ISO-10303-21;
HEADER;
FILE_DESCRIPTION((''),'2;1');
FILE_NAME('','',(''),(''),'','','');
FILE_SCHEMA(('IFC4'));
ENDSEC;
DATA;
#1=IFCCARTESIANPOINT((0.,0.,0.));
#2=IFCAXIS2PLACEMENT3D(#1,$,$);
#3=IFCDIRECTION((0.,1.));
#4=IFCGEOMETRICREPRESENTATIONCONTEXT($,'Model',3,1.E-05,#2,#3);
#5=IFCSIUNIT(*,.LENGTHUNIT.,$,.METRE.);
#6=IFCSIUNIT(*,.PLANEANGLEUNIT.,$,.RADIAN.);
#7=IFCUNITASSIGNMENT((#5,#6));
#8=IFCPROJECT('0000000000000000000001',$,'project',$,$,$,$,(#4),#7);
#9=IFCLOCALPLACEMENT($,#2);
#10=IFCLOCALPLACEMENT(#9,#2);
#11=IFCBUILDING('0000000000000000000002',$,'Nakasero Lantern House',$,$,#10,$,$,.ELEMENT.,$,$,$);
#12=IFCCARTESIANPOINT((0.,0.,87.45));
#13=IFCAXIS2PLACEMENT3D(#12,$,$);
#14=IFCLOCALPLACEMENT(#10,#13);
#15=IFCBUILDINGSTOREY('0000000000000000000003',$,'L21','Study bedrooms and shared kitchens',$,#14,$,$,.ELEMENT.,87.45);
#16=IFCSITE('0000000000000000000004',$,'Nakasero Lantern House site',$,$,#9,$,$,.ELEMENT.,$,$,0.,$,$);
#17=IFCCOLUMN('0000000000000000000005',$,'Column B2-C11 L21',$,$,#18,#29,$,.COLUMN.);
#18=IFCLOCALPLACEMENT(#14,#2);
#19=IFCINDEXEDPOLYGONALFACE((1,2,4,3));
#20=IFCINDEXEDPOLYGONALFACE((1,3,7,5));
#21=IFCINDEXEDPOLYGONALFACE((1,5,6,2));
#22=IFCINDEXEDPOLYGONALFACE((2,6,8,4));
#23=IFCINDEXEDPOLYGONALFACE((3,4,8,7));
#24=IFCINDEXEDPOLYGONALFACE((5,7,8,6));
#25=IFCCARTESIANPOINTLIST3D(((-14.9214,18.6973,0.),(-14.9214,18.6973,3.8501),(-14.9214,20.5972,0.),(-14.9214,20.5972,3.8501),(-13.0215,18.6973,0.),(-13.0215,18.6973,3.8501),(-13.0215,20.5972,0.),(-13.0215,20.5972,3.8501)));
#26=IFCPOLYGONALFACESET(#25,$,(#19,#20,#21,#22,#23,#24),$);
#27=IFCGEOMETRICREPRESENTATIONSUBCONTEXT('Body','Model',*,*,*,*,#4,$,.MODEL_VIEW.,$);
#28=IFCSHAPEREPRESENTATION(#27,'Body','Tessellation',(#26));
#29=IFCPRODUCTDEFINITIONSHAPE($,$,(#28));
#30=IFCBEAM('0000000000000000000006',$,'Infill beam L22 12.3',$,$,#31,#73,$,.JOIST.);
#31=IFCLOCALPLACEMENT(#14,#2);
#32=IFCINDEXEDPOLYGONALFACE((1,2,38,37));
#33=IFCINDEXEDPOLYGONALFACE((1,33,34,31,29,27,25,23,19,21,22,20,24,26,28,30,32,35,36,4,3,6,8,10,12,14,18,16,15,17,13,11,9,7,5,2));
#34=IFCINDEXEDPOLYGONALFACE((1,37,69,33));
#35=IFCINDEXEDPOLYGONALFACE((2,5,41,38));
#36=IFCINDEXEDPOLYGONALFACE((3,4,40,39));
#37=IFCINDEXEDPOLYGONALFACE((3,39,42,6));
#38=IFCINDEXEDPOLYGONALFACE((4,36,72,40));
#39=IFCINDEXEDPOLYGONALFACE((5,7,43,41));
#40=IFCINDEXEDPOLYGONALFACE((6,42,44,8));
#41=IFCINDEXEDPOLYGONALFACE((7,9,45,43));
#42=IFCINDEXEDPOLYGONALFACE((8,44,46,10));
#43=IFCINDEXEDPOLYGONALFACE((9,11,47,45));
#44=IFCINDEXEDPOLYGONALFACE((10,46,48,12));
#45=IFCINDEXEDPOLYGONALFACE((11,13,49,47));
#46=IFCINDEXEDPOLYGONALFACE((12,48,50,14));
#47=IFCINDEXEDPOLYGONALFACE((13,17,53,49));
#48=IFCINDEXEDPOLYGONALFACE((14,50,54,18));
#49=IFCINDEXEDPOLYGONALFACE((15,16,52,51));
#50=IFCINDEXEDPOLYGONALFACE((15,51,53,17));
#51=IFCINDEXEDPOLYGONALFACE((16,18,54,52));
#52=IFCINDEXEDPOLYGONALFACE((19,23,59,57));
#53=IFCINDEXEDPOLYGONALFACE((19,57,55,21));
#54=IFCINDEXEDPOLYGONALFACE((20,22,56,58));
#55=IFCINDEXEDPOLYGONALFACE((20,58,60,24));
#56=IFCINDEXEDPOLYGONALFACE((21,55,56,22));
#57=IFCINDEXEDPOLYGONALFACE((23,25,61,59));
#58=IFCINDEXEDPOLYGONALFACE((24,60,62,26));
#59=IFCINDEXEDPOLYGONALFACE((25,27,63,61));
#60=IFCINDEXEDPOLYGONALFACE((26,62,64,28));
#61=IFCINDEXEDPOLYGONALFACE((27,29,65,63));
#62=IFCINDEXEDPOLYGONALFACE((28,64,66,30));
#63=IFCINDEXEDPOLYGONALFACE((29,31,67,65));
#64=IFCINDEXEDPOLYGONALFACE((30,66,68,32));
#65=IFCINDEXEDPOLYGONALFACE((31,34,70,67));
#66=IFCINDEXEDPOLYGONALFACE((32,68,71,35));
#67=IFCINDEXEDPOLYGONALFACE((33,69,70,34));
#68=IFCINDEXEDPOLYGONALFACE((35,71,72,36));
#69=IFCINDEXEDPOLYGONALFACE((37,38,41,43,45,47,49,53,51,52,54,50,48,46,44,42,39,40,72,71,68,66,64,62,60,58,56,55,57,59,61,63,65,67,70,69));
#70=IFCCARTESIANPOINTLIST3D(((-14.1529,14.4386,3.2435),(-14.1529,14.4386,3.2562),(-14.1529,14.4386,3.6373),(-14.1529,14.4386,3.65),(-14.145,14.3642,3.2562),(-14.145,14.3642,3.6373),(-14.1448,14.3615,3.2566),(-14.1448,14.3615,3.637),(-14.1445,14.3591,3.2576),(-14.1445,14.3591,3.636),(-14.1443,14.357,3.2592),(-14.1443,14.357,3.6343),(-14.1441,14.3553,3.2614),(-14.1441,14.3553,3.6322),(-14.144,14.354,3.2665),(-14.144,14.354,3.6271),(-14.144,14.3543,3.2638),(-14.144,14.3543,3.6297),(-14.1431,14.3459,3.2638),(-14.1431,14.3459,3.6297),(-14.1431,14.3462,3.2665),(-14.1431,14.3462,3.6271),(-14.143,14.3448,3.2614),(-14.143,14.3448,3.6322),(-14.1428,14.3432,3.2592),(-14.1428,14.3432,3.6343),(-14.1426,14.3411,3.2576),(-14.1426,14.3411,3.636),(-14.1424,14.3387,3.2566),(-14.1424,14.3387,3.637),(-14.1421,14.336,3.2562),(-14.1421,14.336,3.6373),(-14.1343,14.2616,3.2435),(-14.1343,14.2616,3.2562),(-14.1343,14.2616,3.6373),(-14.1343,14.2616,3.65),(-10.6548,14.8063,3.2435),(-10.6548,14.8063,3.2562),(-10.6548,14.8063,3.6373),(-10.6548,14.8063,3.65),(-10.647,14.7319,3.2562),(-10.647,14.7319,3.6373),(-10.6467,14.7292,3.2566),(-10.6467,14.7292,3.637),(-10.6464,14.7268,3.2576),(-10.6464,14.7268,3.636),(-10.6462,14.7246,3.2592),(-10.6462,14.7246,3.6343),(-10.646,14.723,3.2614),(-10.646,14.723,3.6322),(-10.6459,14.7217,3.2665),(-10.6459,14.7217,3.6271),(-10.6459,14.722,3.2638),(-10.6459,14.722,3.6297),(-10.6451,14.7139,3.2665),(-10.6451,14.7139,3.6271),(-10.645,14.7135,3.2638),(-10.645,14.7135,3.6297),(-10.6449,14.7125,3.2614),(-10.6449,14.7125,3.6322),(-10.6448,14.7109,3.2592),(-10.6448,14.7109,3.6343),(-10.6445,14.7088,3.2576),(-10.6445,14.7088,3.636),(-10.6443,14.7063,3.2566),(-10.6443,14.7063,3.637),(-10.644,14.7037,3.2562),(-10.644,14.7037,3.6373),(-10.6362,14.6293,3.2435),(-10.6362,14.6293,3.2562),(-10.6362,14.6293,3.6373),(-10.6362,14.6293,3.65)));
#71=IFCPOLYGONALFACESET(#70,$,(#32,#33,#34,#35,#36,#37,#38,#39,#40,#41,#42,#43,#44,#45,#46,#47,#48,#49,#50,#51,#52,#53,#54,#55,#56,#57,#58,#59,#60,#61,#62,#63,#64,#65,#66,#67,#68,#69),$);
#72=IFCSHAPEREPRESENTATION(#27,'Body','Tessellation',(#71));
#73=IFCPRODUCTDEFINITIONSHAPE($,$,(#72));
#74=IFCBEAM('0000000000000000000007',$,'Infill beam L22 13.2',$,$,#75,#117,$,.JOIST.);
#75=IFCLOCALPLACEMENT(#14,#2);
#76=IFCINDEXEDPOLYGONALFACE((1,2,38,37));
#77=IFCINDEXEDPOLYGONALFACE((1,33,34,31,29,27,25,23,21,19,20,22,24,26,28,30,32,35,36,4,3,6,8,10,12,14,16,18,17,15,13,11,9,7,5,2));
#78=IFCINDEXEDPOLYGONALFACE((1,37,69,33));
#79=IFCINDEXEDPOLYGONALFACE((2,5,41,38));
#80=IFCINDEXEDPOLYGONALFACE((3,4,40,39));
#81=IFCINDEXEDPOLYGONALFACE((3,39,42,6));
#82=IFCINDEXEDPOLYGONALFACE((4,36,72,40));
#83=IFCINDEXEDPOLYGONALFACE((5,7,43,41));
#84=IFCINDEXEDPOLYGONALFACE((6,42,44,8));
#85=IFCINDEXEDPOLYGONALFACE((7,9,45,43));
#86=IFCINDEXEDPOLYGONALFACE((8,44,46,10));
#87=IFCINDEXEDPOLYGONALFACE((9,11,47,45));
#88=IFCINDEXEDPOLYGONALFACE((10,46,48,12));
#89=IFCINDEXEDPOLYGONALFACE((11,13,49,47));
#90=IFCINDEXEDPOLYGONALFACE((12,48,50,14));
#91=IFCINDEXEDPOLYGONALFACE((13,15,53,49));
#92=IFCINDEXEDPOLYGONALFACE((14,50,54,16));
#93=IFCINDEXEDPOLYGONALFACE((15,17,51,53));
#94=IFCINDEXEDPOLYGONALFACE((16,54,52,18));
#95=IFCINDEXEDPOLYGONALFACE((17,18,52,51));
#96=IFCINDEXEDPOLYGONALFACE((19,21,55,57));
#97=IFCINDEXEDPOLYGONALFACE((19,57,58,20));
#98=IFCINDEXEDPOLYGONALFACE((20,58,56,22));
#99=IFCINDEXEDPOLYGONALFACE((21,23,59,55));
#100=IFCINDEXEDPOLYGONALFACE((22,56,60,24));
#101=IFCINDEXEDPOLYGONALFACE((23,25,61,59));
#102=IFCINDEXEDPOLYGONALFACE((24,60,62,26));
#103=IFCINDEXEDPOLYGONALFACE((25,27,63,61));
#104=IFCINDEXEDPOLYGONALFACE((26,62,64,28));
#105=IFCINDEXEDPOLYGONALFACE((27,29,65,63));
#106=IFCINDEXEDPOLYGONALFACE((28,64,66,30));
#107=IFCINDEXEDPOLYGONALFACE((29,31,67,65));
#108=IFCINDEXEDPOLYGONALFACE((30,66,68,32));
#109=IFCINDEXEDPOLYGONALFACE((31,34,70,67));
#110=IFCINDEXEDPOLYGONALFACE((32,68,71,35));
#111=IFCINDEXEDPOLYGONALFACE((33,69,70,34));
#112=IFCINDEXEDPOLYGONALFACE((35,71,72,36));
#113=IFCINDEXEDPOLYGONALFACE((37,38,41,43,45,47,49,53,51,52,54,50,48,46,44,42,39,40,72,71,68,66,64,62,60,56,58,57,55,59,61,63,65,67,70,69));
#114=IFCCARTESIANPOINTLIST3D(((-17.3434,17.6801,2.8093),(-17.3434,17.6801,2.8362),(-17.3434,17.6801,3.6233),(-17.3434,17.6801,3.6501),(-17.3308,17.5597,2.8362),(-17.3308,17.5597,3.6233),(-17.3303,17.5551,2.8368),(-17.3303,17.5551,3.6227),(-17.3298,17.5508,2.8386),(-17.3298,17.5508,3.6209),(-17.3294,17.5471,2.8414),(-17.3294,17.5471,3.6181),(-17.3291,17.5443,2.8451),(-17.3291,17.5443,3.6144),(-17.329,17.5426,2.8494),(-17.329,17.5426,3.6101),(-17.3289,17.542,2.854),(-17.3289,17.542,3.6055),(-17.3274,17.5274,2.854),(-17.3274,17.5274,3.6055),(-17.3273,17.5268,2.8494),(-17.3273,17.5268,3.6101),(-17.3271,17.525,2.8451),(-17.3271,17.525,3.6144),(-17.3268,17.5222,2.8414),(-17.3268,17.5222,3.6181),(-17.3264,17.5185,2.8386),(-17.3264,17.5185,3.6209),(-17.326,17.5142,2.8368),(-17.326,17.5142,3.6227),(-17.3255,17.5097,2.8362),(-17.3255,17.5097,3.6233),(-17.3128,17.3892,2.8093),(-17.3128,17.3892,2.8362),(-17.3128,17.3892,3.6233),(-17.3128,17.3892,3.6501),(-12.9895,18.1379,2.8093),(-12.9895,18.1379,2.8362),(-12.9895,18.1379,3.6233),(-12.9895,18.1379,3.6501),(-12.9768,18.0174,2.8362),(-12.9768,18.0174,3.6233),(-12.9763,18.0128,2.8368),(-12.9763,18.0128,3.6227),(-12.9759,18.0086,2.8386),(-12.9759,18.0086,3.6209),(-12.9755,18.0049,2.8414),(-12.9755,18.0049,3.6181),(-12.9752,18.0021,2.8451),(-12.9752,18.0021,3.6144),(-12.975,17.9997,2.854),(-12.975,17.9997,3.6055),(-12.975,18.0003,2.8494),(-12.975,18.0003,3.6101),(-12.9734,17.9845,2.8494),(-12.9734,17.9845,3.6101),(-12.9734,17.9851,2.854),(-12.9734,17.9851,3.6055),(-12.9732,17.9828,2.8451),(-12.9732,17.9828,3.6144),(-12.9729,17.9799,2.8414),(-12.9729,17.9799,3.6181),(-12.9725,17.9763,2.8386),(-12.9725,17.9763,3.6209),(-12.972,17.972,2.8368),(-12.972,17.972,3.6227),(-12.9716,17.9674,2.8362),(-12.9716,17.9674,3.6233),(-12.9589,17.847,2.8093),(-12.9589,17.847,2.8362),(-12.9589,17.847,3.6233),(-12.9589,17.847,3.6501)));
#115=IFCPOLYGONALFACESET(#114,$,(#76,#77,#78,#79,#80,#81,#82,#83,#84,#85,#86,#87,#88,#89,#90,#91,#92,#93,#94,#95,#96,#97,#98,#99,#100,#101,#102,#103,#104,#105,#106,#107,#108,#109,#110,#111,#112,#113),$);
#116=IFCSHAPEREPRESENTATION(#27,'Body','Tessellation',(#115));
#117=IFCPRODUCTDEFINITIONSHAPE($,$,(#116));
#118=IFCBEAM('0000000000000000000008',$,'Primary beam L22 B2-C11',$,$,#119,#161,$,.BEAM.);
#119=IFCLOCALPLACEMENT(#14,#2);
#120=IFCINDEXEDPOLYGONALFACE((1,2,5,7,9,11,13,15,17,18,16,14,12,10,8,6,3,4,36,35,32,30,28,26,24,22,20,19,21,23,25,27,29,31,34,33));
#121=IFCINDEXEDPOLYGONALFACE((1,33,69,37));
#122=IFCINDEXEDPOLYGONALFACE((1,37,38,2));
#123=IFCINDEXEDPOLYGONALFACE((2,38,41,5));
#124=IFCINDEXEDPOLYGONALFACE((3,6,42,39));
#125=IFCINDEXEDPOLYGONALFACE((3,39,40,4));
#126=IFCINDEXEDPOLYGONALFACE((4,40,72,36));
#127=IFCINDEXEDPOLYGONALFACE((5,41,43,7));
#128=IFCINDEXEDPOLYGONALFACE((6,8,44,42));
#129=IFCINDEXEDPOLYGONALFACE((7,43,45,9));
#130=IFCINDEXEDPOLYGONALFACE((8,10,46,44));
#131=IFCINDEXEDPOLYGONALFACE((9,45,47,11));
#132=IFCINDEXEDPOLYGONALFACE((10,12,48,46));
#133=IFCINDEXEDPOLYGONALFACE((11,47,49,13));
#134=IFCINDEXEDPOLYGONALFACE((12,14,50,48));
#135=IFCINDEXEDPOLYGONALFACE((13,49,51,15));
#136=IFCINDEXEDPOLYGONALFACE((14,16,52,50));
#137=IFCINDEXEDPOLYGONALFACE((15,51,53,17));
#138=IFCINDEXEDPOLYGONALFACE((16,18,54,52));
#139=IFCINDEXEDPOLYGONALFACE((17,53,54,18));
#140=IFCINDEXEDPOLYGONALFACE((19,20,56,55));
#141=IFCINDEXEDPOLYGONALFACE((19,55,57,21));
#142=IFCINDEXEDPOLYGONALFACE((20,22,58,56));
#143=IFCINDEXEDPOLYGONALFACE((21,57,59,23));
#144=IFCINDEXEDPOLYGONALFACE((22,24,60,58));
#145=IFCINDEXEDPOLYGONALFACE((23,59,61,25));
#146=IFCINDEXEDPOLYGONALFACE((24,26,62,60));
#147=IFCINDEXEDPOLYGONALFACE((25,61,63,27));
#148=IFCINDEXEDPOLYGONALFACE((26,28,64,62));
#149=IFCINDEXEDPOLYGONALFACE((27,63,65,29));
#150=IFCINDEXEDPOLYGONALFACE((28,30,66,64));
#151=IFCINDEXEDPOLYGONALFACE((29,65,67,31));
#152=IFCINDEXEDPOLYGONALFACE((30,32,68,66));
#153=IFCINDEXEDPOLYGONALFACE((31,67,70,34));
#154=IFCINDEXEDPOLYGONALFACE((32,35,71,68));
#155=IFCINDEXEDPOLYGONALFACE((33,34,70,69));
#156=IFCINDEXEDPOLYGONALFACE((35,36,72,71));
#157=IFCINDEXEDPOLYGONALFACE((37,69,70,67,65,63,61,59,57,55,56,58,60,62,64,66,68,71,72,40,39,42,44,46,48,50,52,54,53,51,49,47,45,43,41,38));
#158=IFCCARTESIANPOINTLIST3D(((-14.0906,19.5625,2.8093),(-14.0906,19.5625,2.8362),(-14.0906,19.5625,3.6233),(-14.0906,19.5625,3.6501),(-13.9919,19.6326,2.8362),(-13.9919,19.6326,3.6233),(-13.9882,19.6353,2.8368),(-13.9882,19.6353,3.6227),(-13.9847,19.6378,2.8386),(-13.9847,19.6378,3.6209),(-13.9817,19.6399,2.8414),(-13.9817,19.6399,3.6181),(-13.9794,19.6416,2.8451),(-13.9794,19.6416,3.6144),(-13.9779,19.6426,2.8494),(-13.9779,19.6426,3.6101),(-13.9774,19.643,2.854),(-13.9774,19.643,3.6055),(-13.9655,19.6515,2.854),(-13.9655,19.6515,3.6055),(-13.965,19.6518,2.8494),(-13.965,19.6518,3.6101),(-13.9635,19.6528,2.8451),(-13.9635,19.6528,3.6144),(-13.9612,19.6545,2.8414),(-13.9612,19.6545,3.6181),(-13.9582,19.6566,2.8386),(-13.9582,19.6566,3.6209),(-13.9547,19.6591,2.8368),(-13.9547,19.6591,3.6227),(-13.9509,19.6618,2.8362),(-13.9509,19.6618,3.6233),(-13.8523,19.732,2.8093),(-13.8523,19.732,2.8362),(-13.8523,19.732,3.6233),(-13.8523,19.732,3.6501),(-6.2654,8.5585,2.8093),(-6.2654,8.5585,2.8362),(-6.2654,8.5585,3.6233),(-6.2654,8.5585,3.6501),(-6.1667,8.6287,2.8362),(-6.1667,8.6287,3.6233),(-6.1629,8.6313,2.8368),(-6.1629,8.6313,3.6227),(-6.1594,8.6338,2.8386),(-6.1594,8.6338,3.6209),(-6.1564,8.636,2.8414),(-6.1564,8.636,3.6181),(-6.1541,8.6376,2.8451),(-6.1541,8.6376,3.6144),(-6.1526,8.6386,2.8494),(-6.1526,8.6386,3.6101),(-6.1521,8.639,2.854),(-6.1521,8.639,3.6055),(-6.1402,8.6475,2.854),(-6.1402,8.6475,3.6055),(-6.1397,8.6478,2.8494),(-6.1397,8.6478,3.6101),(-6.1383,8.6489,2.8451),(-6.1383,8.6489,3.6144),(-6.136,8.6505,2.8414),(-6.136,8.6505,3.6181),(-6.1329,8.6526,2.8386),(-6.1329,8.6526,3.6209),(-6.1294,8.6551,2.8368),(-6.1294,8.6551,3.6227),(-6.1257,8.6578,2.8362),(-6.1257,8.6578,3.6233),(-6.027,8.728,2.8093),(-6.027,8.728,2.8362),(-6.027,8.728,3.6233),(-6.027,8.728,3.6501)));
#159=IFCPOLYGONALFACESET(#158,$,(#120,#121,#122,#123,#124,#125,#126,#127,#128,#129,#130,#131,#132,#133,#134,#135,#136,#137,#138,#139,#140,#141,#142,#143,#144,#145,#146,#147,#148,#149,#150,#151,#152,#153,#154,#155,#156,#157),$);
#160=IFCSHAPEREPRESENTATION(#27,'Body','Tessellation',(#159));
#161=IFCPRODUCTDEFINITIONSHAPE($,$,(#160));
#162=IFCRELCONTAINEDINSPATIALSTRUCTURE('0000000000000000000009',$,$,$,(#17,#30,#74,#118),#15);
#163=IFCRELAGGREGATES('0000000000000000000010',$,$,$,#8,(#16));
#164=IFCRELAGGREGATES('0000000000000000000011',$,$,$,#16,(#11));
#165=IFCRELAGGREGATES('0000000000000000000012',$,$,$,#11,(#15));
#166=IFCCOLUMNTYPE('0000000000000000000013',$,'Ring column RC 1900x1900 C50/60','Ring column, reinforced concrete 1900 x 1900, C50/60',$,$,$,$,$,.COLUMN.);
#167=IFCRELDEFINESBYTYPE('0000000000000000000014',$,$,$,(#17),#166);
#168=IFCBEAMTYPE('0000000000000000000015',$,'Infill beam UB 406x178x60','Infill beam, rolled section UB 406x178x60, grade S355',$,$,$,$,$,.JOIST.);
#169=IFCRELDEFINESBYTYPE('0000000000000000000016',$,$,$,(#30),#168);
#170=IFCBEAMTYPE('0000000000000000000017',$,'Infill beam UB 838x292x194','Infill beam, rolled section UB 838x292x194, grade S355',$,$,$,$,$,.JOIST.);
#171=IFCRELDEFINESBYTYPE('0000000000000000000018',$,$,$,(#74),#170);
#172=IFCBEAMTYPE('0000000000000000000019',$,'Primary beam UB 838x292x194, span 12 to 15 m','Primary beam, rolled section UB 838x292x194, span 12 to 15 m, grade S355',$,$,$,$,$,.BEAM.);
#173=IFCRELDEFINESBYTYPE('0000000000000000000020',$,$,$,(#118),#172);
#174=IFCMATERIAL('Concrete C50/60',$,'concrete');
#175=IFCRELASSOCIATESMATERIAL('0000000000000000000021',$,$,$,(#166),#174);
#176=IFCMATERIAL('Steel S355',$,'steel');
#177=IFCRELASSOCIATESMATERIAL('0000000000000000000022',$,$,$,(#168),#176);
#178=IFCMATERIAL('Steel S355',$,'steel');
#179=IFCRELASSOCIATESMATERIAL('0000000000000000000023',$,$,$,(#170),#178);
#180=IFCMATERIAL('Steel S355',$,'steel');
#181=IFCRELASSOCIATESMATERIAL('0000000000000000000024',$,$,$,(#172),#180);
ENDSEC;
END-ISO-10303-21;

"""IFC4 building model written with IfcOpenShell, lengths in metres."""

from ifc_helpers import new_model, si_unit, direction, frame, origin, origin_2d, place, context, subcontext, project, spatial, rectangle, i_section, extrude, material, material_profile, profile_set, type_object, element, save


model = new_model("IFC4")

# Units and contexts
model_context = context("Model", 3, precision=1e-05, world=origin(), true_north=direction((0.0, 1.0)))
body_context = subcontext(model_context, "Body", "Model", "MODEL_VIEW")
ifc_project = project(units=[si_unit("LENGTHUNIT", "METRE"), si_unit("PLANEANGLEUNIT", "RADIAN")], contexts=[model_context])

# Site, building, storey
site_placement = place(None, origin())
site = spatial("IfcSite", under=ifc_project, at=site_placement, Name="Nakasero Lantern House site", CompositionType="ELEMENT", RefElevation=0.0)
building_placement = place(site_placement, origin())
building = spatial("IfcBuilding", under=site, at=building_placement, Name="Nakasero Lantern House", CompositionType="ELEMENT")
storey_placement = place(building_placement, frame((0.0, 0.0, 87.45)))
storey = spatial("IfcBuildingStorey", under=building, at=storey_placement, Name="L21", Description="Study bedrooms and shared kitchens", CompositionType="ELEMENT", Elevation=87.45)

# Column
ifc_material_1 = material(Name="Concrete C50/60", Category="concrete")
ifc_material_profile_1 = material_profile(ifc_material_1, rectangle(XDim=1.8999, YDim=1.8999, at=origin_2d()), Name="RC 1900x1900")
ifc_profile_set_1 = profile_set([ifc_material_profile_1], Name="Concrete C50/60")
column_type = type_object("IfcColumnType", Name="Ring column RC 1900x1900 C50/60", Description="Ring column, reinforced concrete 1900 x 1900, C50/60", PredefinedType="COLUMN", material=ifc_profile_set_1)
column_placement = place(storey_placement, frame((-13.9714, 19.6472, 0.0), z_axis=(0.0, 0.0, 1.0), x_axis=(1.0, 0.0, 0.0)))
element("IfcColumn", 1, at=column_placement, inside=storey, type_object=column_type, Name="Column B2-C11 L21", PredefinedType="COLUMN", context=body_context, shape_type="SweptSolid", body=[
    extrude(rectangle(XDim=1.8999, YDim=1.8999, at=origin_2d()), origin(), (0.0, 0.0, 1.0), 3.8501),
])

# Beams
ifc_material_2 = material(Name="Steel S355", Category="steel")
ifc_material_profile_2 = material_profile(ifc_material_2, i_section(OverallWidth=0.178, OverallDepth=0.4065, WebThickness=0.0078, FlangeThickness=0.0127, FilletRadius=0.0103, at=origin_2d()), Name="UB 406x178x60")
ifc_profile_set_2 = profile_set([ifc_material_profile_2], Name="Steel S355")
beam_type_1 = type_object("IfcBeamType", Name="Infill beam UB 406x178x60", Description="Infill beam, rolled section UB 406x178x60, grade S355", PredefinedType="JOIST", material=ifc_profile_set_2)
beam_1_placement = place(storey_placement, frame((-14.1436, 14.3501, 3.4468), z_axis=(0.994521, 0.104533, 0.0), x_axis=(-0.104533, 0.994521, 0.0)))
element("IfcBeam", 2, at=beam_1_placement, inside=storey, type_object=beam_type_1, Name="Infill beam L22 12.3", PredefinedType="JOIST", context=body_context, shape_type="SweptSolid", body=[
    extrude(i_section(OverallWidth=0.178, OverallDepth=0.4065, WebThickness=0.0078, FlangeThickness=0.0127, FilletRadius=0.0103, at=origin_2d()), origin(), (0.0, 0.0, 1.0), 3.5173),
])
ifc_material_3 = material(Name="Steel S355", Category="steel")
ifc_material_profile_3 = material_profile(ifc_material_3, i_section(OverallWidth=0.2925, OverallDepth=0.8408, WebThickness=0.0146, FlangeThickness=0.0269, FilletRadius=0.0178, at=origin_2d()), Name="UB 838x292x194")
ifc_profile_set_3 = profile_set([ifc_material_profile_3], Name="Steel S355")
beam_type_2 = type_object("IfcBeamType", Name="Infill beam UB 838x292x194", Description="Infill beam, rolled section UB 838x292x194, grade S355", PredefinedType="JOIST", material=ifc_profile_set_3)
beam_2_placement = place(storey_placement, frame((-17.3281, 17.5347, 3.2297), z_axis=(0.994519, 0.10456, 0.0), x_axis=(-0.10456, 0.994519, 0.0)))
element("IfcBeam", 3, at=beam_2_placement, inside=storey, type_object=beam_type_2, Name="Infill beam L22 13.2", PredefinedType="JOIST", context=body_context, shape_type="SweptSolid", body=[
    extrude(i_section(OverallWidth=0.2925, OverallDepth=0.8408, WebThickness=0.0146, FlangeThickness=0.0269, FilletRadius=0.0178, at=origin_2d()), origin(), (0.0, 0.0, 1.0), 4.3779),
])
ifc_material_4 = material(Name="Steel S355", Category="steel")
ifc_material_profile_4 = material_profile(ifc_material_4, i_section(OverallWidth=0.2925, OverallDepth=0.8408, WebThickness=0.0146, FlangeThickness=0.0269, FilletRadius=0.0178, at=origin_2d()), Name="UB 838x292x194")
ifc_profile_set_4 = profile_set([ifc_material_profile_4], Name="Steel S355")
beam_type_3 = type_object("IfcBeamType", Name="Primary beam UB 838x292x194, span 12 to 15 m", Description="Primary beam, rolled section UB 838x292x194, span 12 to 15 m, grade S355", PredefinedType="BEAM", material=ifc_profile_set_4)
beam_3_placement = place(storey_placement, frame((-13.9714, 19.6472, 3.2297), z_axis=(0.579533, -0.814948, 0.0), x_axis=(0.814948, 0.579533, 0.0)))
element("IfcBeam", 4, at=beam_3_placement, inside=storey, type_object=beam_type_3, Name="Primary beam L22 B2-C11", PredefinedType="BEAM", context=body_context, shape_type="SweptSolid", body=[
    extrude(i_section(OverallWidth=0.2925, OverallDepth=0.8408, WebThickness=0.0146, FlangeThickness=0.0269, FilletRadius=0.0178, at=origin_2d()), origin(), (0.0, 0.0, 1.0), 13.5027),
])

save(model, "model.ifc")
